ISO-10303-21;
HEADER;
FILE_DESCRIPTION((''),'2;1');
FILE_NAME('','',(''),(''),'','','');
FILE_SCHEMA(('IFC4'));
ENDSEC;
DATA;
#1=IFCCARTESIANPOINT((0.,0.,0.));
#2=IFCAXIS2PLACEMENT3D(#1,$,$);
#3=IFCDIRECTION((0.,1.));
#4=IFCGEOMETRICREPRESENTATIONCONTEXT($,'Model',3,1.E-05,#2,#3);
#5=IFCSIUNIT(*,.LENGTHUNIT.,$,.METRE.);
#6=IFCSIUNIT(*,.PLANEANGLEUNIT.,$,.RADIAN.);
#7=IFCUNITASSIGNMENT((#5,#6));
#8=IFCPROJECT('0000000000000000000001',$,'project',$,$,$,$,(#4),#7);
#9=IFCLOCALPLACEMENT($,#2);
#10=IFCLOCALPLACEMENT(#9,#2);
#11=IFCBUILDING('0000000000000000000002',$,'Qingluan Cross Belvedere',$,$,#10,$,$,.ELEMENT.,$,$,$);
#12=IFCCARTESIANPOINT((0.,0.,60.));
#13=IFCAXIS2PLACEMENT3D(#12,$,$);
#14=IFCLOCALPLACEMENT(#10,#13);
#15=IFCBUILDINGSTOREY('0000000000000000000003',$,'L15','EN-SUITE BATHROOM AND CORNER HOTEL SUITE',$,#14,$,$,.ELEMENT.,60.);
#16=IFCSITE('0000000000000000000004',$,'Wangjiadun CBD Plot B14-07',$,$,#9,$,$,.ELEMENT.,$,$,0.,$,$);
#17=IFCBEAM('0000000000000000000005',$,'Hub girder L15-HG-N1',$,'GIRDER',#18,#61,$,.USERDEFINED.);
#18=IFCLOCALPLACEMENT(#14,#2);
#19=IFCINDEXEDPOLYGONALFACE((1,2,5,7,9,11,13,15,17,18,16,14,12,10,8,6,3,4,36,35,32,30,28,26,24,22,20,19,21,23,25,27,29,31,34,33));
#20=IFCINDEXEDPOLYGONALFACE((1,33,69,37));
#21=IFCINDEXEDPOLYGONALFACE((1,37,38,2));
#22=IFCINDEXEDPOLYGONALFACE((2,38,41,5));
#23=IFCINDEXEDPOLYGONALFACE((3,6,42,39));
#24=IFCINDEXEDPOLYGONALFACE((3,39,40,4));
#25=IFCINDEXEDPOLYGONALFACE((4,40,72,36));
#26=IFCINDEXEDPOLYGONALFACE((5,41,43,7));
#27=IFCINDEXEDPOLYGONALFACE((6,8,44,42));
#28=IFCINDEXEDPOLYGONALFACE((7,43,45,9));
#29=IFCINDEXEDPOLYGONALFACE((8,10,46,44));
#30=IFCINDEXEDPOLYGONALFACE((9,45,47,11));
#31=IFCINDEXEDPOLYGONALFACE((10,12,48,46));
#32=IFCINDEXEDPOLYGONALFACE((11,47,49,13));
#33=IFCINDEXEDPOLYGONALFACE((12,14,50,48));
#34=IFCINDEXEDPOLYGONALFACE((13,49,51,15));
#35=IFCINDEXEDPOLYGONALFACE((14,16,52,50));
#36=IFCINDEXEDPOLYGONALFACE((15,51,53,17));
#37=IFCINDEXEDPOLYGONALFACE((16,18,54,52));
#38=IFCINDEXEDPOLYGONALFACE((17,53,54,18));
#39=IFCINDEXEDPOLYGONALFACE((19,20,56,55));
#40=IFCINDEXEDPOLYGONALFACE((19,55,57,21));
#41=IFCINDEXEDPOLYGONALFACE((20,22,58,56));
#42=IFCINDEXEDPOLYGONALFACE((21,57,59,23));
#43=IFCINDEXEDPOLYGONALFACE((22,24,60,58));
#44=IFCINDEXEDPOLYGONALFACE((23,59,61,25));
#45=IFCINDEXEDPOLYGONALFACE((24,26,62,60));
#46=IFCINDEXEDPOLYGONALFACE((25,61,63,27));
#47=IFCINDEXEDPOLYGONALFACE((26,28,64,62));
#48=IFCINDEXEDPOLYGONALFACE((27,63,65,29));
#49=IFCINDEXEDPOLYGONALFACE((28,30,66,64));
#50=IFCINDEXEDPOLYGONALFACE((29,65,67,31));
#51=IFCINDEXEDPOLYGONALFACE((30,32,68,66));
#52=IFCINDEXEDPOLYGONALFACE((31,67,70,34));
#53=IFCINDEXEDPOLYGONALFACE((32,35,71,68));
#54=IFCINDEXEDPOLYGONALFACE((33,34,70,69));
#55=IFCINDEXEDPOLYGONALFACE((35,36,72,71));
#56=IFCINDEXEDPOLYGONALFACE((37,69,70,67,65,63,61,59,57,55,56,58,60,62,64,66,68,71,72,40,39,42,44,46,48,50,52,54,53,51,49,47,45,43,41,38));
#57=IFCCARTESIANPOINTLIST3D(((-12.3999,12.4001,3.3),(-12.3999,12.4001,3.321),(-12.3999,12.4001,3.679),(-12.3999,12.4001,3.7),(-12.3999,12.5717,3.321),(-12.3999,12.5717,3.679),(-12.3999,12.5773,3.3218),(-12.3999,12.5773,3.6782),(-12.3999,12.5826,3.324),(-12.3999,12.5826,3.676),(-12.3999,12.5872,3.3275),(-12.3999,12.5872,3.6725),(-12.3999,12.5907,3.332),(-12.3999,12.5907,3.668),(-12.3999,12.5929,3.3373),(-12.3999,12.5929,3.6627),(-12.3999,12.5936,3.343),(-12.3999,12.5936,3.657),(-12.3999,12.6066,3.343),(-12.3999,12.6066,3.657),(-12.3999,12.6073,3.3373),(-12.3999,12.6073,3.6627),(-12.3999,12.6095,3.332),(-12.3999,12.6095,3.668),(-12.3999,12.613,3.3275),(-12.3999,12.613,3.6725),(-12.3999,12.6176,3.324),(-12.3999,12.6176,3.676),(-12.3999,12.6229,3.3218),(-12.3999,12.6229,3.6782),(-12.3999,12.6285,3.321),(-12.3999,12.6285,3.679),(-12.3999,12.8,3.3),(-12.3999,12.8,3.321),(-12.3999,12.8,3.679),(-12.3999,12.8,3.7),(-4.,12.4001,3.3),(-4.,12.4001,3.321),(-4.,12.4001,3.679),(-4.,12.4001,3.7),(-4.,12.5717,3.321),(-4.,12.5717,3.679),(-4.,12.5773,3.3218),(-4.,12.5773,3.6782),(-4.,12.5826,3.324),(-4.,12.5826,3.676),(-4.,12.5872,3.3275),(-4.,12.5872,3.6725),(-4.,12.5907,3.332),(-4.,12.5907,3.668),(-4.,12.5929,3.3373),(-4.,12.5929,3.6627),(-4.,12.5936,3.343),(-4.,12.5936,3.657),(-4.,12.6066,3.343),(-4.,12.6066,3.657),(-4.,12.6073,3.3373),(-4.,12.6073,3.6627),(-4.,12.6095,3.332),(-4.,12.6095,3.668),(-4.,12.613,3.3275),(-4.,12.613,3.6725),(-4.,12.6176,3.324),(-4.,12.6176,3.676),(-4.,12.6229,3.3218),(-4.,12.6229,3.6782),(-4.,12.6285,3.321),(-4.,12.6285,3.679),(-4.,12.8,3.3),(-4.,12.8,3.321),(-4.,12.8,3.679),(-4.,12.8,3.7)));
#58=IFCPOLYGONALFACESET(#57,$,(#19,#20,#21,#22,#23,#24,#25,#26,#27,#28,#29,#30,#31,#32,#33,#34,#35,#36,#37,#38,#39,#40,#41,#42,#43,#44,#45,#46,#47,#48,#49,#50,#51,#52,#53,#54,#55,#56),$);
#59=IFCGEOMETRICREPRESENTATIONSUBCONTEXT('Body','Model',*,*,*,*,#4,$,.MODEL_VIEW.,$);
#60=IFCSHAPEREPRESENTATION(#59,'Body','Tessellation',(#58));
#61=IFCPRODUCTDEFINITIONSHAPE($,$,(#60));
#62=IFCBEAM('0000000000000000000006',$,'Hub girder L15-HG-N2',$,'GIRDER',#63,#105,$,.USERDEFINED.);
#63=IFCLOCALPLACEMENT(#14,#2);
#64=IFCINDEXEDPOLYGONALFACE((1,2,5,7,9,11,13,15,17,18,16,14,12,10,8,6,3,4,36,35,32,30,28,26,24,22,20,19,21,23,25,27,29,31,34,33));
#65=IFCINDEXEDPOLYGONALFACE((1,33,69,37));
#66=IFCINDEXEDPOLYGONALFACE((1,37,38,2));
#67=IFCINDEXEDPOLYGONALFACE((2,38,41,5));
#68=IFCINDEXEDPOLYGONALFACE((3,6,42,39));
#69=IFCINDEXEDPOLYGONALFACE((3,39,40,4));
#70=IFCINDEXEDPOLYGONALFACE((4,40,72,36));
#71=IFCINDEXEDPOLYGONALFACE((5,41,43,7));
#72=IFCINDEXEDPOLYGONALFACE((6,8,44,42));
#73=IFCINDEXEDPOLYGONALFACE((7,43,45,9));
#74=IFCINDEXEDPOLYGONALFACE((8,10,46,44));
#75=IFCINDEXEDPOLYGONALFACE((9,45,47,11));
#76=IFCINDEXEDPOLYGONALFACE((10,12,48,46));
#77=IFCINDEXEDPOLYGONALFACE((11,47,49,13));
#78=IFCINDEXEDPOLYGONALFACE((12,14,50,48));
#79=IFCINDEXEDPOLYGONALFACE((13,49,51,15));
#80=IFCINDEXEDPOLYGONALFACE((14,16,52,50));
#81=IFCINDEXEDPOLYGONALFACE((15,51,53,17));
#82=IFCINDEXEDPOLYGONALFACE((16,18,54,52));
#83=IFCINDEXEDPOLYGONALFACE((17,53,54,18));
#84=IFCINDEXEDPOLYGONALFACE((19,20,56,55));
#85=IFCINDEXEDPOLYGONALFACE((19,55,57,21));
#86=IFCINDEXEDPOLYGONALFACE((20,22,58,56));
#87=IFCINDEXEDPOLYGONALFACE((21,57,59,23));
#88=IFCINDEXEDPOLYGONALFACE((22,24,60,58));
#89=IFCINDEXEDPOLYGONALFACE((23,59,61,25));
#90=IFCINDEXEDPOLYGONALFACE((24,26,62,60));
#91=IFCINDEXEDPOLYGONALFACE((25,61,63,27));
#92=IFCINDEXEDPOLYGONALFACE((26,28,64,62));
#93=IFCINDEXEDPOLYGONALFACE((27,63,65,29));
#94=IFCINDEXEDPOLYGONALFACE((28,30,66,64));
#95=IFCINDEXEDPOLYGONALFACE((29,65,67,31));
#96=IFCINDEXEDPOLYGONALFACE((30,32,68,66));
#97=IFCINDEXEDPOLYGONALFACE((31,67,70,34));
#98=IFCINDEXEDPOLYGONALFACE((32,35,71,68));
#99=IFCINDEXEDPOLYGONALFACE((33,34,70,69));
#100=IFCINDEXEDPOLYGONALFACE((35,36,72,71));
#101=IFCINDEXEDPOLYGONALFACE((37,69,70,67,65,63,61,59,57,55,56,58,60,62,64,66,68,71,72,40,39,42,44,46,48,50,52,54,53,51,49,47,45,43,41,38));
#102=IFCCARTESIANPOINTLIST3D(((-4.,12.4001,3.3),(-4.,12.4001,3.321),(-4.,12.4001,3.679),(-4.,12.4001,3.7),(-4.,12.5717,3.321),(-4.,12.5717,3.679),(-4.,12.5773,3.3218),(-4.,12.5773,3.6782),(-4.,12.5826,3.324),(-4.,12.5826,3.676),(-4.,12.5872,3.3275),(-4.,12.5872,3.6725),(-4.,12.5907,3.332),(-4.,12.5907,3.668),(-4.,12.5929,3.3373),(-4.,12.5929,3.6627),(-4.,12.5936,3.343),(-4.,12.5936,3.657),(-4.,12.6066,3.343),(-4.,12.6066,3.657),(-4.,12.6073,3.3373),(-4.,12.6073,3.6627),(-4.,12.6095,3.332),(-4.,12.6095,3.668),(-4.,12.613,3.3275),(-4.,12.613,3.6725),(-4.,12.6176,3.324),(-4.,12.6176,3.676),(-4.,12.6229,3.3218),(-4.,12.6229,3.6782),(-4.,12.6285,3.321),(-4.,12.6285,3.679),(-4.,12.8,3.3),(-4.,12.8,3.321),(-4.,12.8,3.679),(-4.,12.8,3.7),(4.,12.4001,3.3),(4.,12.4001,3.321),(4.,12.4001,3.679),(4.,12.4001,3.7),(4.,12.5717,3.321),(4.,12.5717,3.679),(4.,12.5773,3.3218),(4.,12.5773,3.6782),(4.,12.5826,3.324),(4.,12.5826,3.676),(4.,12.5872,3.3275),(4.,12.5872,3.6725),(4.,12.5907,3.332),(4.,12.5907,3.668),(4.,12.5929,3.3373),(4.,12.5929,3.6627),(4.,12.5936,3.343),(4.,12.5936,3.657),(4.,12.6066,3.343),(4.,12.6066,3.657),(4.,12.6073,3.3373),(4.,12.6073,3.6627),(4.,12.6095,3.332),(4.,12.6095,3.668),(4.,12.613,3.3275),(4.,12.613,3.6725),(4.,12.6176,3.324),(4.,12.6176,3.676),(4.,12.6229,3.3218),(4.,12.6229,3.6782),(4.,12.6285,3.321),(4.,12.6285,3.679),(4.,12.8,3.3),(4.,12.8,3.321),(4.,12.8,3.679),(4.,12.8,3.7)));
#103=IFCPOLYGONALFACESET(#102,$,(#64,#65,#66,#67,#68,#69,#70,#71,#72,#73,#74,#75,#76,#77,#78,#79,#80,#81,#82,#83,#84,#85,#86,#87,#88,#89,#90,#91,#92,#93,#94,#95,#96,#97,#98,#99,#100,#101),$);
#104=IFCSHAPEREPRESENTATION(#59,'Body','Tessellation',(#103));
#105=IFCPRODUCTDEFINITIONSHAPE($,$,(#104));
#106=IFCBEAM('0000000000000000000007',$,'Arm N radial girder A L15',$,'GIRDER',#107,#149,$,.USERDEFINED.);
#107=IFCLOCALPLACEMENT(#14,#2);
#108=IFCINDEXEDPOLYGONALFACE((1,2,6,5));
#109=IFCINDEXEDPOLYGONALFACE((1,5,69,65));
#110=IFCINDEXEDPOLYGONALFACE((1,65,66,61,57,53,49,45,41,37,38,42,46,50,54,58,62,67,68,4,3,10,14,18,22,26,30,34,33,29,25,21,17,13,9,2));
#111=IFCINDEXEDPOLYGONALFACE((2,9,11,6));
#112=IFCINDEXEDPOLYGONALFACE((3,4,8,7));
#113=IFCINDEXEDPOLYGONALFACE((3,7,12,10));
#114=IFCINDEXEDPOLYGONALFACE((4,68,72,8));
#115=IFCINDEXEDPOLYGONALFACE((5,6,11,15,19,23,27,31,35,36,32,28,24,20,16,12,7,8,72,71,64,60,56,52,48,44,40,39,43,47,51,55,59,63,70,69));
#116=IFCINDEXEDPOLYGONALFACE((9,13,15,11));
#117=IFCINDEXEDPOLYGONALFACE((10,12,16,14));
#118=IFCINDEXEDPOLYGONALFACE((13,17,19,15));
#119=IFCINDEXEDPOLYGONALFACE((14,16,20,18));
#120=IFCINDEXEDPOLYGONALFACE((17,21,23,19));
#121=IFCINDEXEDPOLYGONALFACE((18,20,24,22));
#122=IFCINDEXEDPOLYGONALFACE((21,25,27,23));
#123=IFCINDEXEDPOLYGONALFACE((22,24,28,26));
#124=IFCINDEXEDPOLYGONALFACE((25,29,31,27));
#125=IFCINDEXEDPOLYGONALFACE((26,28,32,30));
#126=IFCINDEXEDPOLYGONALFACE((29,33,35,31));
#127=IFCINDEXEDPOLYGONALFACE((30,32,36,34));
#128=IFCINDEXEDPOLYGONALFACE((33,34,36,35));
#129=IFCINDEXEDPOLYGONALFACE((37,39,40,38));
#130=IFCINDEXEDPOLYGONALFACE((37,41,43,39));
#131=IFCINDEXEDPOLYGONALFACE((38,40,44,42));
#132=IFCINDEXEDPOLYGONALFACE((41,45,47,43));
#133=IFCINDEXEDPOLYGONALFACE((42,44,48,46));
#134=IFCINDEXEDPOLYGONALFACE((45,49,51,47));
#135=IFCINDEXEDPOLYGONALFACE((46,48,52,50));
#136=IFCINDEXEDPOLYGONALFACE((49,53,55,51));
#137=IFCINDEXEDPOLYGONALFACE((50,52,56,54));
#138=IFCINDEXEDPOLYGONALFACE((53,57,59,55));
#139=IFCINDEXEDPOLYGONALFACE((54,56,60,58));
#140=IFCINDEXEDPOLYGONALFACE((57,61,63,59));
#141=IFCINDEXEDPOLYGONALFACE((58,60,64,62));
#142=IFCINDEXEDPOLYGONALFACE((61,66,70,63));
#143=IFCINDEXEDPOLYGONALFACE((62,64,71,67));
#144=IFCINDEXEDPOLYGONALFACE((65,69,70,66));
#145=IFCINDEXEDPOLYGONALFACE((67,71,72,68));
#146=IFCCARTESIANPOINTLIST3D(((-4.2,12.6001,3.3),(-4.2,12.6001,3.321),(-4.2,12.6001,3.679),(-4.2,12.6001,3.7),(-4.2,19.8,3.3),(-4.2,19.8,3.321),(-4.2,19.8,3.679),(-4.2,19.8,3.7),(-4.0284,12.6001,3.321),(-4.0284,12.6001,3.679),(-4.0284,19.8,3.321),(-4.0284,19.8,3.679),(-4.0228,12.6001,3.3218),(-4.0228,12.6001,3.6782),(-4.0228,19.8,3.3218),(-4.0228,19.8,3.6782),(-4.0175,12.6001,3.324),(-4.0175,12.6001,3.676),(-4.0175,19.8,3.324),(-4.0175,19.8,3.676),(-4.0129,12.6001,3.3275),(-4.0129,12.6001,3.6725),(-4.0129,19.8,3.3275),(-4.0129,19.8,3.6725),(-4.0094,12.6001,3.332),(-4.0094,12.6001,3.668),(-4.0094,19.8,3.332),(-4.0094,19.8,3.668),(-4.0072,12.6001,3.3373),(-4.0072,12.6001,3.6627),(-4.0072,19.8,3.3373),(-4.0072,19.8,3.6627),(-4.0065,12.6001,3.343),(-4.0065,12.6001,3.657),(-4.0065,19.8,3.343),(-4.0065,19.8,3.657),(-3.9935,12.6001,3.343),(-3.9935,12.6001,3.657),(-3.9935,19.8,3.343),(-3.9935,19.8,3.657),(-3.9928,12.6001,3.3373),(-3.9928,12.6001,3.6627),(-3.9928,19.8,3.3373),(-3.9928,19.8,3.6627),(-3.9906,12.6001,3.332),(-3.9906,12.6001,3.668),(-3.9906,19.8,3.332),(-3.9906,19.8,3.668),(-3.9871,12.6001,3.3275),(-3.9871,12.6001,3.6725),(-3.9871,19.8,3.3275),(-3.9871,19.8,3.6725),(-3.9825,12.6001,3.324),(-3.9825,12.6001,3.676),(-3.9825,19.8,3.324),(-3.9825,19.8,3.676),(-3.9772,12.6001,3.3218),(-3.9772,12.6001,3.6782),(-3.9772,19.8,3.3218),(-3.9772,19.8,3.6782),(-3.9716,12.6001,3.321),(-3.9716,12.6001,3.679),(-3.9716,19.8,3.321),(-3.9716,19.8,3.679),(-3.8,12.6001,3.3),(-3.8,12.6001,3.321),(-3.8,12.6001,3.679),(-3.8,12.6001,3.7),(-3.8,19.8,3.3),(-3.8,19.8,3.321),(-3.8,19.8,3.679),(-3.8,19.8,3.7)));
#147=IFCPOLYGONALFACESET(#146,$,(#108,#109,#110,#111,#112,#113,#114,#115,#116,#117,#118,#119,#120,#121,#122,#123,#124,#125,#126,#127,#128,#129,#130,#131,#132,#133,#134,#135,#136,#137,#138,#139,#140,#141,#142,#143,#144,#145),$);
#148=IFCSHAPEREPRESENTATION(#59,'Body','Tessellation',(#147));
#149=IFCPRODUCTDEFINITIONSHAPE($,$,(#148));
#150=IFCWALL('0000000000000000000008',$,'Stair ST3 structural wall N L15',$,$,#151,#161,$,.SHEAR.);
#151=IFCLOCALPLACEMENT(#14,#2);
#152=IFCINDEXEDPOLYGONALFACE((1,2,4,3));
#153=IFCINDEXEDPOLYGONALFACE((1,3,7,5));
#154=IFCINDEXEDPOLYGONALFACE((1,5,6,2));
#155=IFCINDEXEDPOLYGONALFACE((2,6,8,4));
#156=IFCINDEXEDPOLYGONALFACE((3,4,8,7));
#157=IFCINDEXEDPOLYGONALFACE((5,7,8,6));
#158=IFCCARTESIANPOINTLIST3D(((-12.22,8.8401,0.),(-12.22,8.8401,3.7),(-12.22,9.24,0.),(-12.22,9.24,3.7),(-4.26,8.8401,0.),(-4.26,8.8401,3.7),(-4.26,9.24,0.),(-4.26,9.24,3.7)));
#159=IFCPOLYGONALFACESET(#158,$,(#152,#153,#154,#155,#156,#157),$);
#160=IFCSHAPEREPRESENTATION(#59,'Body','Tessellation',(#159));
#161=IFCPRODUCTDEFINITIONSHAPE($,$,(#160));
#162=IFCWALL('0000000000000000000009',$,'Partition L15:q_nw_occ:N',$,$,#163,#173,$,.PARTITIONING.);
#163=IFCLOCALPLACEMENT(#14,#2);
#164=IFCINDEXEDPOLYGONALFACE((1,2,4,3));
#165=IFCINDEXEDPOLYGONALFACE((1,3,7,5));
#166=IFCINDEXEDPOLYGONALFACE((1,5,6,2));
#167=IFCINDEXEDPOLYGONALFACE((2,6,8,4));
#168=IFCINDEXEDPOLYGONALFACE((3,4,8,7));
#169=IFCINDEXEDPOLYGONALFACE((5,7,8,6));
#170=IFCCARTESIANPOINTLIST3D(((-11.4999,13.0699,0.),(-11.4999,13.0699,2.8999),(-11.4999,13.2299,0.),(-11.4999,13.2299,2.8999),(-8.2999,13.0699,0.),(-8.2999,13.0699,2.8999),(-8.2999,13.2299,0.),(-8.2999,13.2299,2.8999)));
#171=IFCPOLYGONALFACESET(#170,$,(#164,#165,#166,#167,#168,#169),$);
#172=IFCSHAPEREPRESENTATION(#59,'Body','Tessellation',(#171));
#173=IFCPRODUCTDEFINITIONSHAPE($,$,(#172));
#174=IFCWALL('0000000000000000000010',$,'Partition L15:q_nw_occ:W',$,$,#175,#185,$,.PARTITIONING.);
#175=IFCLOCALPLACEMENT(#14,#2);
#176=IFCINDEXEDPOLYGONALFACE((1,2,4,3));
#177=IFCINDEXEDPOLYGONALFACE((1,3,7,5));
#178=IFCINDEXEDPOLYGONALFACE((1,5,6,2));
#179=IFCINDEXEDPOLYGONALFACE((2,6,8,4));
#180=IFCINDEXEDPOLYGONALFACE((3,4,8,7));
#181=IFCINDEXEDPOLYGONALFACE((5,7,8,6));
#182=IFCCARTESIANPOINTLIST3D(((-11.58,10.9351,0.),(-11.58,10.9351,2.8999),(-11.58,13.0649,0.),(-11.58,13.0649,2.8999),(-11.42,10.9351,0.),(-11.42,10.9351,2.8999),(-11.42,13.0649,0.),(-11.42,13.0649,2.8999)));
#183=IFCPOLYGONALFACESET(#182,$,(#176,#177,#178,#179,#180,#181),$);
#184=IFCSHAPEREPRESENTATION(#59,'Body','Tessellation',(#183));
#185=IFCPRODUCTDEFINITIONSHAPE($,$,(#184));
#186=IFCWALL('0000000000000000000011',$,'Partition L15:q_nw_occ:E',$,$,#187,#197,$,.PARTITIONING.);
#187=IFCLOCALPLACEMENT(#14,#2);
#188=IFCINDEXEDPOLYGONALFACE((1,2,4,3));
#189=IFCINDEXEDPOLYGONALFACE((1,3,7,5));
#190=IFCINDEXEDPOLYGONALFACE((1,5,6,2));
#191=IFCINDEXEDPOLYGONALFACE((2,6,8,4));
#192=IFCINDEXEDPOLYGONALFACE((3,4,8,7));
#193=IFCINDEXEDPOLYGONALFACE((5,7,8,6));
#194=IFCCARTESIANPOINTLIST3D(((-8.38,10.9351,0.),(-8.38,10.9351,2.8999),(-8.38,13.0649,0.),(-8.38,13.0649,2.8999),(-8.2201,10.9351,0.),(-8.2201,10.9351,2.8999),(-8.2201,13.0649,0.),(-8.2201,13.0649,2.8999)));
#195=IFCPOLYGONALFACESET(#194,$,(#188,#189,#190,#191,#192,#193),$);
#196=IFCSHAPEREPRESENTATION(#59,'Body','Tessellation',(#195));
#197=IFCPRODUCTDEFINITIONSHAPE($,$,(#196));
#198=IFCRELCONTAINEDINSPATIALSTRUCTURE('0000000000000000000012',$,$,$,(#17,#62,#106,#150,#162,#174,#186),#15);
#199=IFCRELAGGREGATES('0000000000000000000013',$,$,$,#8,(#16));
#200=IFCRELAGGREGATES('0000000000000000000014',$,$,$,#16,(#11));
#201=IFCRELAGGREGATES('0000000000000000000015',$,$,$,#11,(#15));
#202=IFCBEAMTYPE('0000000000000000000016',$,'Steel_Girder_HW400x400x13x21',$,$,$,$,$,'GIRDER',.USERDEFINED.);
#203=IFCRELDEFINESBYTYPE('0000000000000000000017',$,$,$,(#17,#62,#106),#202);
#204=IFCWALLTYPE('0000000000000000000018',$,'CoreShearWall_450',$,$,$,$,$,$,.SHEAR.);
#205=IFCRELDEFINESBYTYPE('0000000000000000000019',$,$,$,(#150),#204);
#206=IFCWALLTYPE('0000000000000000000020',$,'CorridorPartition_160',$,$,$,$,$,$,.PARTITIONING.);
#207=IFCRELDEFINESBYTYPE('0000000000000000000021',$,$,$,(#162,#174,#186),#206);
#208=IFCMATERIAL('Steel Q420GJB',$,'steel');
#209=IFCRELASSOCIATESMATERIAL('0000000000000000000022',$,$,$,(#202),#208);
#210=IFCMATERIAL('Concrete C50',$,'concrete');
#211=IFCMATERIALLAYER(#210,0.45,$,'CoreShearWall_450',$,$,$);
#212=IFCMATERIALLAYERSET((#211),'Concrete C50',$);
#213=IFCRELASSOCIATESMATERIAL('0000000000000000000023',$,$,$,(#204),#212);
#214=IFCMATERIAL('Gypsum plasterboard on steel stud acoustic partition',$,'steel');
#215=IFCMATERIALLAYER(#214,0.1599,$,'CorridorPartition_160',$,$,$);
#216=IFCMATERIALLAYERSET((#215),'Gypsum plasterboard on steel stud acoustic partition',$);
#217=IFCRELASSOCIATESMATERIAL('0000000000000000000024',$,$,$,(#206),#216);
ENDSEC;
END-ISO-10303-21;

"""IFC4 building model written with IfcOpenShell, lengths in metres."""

from ifc_helpers import new_model, si_unit, direction, frame, frame_2d, origin, origin_2d, place, context, subcontext, project, spatial, rectangle, i_section, extrude, material, layer, layer_set, material_profile, profile_set, type_object, element, save


model = new_model("IFC4")

# Units and contexts
model_context = context("Model", 3, precision=1e-05, world=origin(), true_north=direction((0.0, 1.0)))
body_context = subcontext(model_context, "Body", "Model", "MODEL_VIEW")
ifc_project = project(units=[si_unit("LENGTHUNIT", "METRE"), si_unit("PLANEANGLEUNIT", "RADIAN")], contexts=[model_context])

# Site, building, storey
site_placement = place(None, origin())
site = spatial("IfcSite", under=ifc_project, at=site_placement, Name="Wangjiadun CBD Plot B14-07", CompositionType="ELEMENT", RefElevation=0.0)
building_placement = place(site_placement, origin())
building = spatial("IfcBuilding", under=site, at=building_placement, Name="Qingluan Cross Belvedere", CompositionType="ELEMENT")
storey_placement = place(building_placement, frame((0.0, 0.0, 60.0)))
storey = spatial("IfcBuildingStorey", under=building, at=storey_placement, Name="L15", Description="EN-SUITE BATHROOM AND CORNER HOTEL SUITE", CompositionType="ELEMENT", Elevation=60.0)

# Beams
ifc_material_1 = material(Name="Steel Q420GJB", Category="steel")
ifc_material_profile_1 = material_profile(ifc_material_1, i_section(OverallWidth=0.3999, OverallDepth=0.3999, WebThickness=0.0129, FlangeThickness=0.021, FilletRadius=0.022, at=origin_2d()), Name="HW400x400x13x21")
ifc_profile_set_1 = profile_set([ifc_material_profile_1], Name="Steel Q420GJB")
beam_type_1 = type_object("IfcBeamType", Name="Steel_Girder_HW400x400x13x21", ElementType="GIRDER", PredefinedType="USERDEFINED", material=ifc_profile_set_1)
beam_1_placement = place(storey_placement, frame((-12.3999, 12.6001, 3.5), z_axis=(1.0, 0.0, 0.0), x_axis=(0.0, 1.0, 0.0)))
element("IfcBeam", 1, at=beam_1_placement, inside=storey, type_object=beam_type_1, Name="Hub girder L15-HG-N1", ObjectType="GIRDER", PredefinedType="USERDEFINED", context=body_context, shape_type="SweptSolid", body=[
    extrude(i_section(OverallWidth=0.3999, OverallDepth=0.3999, WebThickness=0.0129, FlangeThickness=0.021, FilletRadius=0.022, at=origin_2d()), origin(), (0.0, 0.0, 1.0), 8.3999),
])
beam_2_placement = place(storey_placement, frame((-4.0, 12.6001, 3.5), z_axis=(1.0, 0.0, 0.0), x_axis=(0.0, 1.0, 0.0)))
element("IfcBeam", 2, at=beam_2_placement, inside=storey, type_object=beam_type_1, Name="Hub girder L15-HG-N2", ObjectType="GIRDER", PredefinedType="USERDEFINED", context=body_context, shape_type="SweptSolid", body=[
    extrude(i_section(OverallWidth=0.3999, OverallDepth=0.3999, WebThickness=0.0129, FlangeThickness=0.021, FilletRadius=0.022, at=origin_2d()), origin(), (0.0, 0.0, 1.0), 8.0),
])
beam_3_placement = place(storey_placement, frame((-4.0, 12.6001, 3.5), z_axis=(0.0, 1.0, 0.0), x_axis=(-1.0, 0.0, 0.0)))
element("IfcBeam", 3, at=beam_3_placement, inside=storey, type_object=beam_type_1, Name="Arm N radial girder A L15", ObjectType="GIRDER", PredefinedType="USERDEFINED", context=body_context, shape_type="SweptSolid", body=[
    extrude(i_section(OverallWidth=0.3999, OverallDepth=0.3999, WebThickness=0.0129, FlangeThickness=0.021, FilletRadius=0.022, at=origin_2d()), origin(), (0.0, 0.0, 1.0), 7.2),
])

# Wall
ifc_material_2 = material(Name="Concrete C50", Category="concrete")
ifc_layer_1 = layer(ifc_material_2, 0.45, Name="CoreShearWall_450")
ifc_layer_set_1 = layer_set([ifc_layer_1], Name="Concrete C50")
wall_type_1 = type_object("IfcWallType", Name="CoreShearWall_450", PredefinedType="SHEAR", material=ifc_layer_set_1)
wall_1_placement = place(storey_placement, frame((-12.22, 9.04, 0.0), z_axis=(0.0, 0.0, 1.0), x_axis=(1.0, 0.0, 0.0)))
element("IfcWall", 4, at=wall_1_placement, inside=storey, type_object=wall_type_1, Name="Stair ST3 structural wall N L15", PredefinedType="SHEAR", context=body_context, shape_type="SweptSolid", body=[
    extrude(rectangle(XDim=7.96, YDim=0.3999, at=frame_2d((3.98, 0.0))), origin(), (0.0, 0.0, 1.0), 3.7),
])

# Shared definitions
ifc_material_3 = material(Name="Gypsum plasterboard on steel stud acoustic partition", Category="steel")
ifc_layer_2 = layer(ifc_material_3, 0.1599, Name="CorridorPartition_160")
ifc_layer_set_2 = layer_set([ifc_layer_2], Name="Gypsum plasterboard on steel stud acoustic partition")
wall_type_2 = type_object("IfcWallType", Name="CorridorPartition_160", PredefinedType="PARTITIONING", material=ifc_layer_set_2)

# Walls
wall_2_placement = place(storey_placement, frame((-11.5, 13.1499, 0.0), z_axis=(0.0, 0.0, 1.0), x_axis=(1.0, 0.0, 0.0)))
element("IfcWall", 5, at=wall_2_placement, inside=storey, type_object=wall_type_2, Name="Partition L15:q_nw_occ:N", PredefinedType="PARTITIONING", context=body_context, shape_type="SweptSolid", body=[
    extrude(rectangle(XDim=3.2, YDim=0.1599, at=frame_2d((1.6001, 0.0))), origin(), (0.0, 0.0, 1.0), 2.8999),
])
for number, where, z_axis, x_axis, name in (
    (6, (-11.5, 10.9351, 0.0), (0.0, 0.0, 1.0), (0.0, 1.0, 0.0), "Partition L15:q_nw_occ:W"),
    (7, (-8.3, 10.9351, 0.0), (0.0, 0.0, 1.0), (0.0, 1.0, 0.0), "Partition L15:q_nw_occ:E"),
):
    element("IfcWall", number, at=place(storey_placement, frame(where, z_axis=z_axis, x_axis=x_axis)), inside=storey, type_object=wall_type_2, Name=name, PredefinedType="PARTITIONING", context=body_context, shape_type="SweptSolid", body=[
        extrude(rectangle(XDim=2.1299, YDim=0.1599, at=frame_2d((1.0649, 0.0))), origin(), (0.0, 0.0, 1.0), 2.8999),
    ])

save(model, "model.ifc")
